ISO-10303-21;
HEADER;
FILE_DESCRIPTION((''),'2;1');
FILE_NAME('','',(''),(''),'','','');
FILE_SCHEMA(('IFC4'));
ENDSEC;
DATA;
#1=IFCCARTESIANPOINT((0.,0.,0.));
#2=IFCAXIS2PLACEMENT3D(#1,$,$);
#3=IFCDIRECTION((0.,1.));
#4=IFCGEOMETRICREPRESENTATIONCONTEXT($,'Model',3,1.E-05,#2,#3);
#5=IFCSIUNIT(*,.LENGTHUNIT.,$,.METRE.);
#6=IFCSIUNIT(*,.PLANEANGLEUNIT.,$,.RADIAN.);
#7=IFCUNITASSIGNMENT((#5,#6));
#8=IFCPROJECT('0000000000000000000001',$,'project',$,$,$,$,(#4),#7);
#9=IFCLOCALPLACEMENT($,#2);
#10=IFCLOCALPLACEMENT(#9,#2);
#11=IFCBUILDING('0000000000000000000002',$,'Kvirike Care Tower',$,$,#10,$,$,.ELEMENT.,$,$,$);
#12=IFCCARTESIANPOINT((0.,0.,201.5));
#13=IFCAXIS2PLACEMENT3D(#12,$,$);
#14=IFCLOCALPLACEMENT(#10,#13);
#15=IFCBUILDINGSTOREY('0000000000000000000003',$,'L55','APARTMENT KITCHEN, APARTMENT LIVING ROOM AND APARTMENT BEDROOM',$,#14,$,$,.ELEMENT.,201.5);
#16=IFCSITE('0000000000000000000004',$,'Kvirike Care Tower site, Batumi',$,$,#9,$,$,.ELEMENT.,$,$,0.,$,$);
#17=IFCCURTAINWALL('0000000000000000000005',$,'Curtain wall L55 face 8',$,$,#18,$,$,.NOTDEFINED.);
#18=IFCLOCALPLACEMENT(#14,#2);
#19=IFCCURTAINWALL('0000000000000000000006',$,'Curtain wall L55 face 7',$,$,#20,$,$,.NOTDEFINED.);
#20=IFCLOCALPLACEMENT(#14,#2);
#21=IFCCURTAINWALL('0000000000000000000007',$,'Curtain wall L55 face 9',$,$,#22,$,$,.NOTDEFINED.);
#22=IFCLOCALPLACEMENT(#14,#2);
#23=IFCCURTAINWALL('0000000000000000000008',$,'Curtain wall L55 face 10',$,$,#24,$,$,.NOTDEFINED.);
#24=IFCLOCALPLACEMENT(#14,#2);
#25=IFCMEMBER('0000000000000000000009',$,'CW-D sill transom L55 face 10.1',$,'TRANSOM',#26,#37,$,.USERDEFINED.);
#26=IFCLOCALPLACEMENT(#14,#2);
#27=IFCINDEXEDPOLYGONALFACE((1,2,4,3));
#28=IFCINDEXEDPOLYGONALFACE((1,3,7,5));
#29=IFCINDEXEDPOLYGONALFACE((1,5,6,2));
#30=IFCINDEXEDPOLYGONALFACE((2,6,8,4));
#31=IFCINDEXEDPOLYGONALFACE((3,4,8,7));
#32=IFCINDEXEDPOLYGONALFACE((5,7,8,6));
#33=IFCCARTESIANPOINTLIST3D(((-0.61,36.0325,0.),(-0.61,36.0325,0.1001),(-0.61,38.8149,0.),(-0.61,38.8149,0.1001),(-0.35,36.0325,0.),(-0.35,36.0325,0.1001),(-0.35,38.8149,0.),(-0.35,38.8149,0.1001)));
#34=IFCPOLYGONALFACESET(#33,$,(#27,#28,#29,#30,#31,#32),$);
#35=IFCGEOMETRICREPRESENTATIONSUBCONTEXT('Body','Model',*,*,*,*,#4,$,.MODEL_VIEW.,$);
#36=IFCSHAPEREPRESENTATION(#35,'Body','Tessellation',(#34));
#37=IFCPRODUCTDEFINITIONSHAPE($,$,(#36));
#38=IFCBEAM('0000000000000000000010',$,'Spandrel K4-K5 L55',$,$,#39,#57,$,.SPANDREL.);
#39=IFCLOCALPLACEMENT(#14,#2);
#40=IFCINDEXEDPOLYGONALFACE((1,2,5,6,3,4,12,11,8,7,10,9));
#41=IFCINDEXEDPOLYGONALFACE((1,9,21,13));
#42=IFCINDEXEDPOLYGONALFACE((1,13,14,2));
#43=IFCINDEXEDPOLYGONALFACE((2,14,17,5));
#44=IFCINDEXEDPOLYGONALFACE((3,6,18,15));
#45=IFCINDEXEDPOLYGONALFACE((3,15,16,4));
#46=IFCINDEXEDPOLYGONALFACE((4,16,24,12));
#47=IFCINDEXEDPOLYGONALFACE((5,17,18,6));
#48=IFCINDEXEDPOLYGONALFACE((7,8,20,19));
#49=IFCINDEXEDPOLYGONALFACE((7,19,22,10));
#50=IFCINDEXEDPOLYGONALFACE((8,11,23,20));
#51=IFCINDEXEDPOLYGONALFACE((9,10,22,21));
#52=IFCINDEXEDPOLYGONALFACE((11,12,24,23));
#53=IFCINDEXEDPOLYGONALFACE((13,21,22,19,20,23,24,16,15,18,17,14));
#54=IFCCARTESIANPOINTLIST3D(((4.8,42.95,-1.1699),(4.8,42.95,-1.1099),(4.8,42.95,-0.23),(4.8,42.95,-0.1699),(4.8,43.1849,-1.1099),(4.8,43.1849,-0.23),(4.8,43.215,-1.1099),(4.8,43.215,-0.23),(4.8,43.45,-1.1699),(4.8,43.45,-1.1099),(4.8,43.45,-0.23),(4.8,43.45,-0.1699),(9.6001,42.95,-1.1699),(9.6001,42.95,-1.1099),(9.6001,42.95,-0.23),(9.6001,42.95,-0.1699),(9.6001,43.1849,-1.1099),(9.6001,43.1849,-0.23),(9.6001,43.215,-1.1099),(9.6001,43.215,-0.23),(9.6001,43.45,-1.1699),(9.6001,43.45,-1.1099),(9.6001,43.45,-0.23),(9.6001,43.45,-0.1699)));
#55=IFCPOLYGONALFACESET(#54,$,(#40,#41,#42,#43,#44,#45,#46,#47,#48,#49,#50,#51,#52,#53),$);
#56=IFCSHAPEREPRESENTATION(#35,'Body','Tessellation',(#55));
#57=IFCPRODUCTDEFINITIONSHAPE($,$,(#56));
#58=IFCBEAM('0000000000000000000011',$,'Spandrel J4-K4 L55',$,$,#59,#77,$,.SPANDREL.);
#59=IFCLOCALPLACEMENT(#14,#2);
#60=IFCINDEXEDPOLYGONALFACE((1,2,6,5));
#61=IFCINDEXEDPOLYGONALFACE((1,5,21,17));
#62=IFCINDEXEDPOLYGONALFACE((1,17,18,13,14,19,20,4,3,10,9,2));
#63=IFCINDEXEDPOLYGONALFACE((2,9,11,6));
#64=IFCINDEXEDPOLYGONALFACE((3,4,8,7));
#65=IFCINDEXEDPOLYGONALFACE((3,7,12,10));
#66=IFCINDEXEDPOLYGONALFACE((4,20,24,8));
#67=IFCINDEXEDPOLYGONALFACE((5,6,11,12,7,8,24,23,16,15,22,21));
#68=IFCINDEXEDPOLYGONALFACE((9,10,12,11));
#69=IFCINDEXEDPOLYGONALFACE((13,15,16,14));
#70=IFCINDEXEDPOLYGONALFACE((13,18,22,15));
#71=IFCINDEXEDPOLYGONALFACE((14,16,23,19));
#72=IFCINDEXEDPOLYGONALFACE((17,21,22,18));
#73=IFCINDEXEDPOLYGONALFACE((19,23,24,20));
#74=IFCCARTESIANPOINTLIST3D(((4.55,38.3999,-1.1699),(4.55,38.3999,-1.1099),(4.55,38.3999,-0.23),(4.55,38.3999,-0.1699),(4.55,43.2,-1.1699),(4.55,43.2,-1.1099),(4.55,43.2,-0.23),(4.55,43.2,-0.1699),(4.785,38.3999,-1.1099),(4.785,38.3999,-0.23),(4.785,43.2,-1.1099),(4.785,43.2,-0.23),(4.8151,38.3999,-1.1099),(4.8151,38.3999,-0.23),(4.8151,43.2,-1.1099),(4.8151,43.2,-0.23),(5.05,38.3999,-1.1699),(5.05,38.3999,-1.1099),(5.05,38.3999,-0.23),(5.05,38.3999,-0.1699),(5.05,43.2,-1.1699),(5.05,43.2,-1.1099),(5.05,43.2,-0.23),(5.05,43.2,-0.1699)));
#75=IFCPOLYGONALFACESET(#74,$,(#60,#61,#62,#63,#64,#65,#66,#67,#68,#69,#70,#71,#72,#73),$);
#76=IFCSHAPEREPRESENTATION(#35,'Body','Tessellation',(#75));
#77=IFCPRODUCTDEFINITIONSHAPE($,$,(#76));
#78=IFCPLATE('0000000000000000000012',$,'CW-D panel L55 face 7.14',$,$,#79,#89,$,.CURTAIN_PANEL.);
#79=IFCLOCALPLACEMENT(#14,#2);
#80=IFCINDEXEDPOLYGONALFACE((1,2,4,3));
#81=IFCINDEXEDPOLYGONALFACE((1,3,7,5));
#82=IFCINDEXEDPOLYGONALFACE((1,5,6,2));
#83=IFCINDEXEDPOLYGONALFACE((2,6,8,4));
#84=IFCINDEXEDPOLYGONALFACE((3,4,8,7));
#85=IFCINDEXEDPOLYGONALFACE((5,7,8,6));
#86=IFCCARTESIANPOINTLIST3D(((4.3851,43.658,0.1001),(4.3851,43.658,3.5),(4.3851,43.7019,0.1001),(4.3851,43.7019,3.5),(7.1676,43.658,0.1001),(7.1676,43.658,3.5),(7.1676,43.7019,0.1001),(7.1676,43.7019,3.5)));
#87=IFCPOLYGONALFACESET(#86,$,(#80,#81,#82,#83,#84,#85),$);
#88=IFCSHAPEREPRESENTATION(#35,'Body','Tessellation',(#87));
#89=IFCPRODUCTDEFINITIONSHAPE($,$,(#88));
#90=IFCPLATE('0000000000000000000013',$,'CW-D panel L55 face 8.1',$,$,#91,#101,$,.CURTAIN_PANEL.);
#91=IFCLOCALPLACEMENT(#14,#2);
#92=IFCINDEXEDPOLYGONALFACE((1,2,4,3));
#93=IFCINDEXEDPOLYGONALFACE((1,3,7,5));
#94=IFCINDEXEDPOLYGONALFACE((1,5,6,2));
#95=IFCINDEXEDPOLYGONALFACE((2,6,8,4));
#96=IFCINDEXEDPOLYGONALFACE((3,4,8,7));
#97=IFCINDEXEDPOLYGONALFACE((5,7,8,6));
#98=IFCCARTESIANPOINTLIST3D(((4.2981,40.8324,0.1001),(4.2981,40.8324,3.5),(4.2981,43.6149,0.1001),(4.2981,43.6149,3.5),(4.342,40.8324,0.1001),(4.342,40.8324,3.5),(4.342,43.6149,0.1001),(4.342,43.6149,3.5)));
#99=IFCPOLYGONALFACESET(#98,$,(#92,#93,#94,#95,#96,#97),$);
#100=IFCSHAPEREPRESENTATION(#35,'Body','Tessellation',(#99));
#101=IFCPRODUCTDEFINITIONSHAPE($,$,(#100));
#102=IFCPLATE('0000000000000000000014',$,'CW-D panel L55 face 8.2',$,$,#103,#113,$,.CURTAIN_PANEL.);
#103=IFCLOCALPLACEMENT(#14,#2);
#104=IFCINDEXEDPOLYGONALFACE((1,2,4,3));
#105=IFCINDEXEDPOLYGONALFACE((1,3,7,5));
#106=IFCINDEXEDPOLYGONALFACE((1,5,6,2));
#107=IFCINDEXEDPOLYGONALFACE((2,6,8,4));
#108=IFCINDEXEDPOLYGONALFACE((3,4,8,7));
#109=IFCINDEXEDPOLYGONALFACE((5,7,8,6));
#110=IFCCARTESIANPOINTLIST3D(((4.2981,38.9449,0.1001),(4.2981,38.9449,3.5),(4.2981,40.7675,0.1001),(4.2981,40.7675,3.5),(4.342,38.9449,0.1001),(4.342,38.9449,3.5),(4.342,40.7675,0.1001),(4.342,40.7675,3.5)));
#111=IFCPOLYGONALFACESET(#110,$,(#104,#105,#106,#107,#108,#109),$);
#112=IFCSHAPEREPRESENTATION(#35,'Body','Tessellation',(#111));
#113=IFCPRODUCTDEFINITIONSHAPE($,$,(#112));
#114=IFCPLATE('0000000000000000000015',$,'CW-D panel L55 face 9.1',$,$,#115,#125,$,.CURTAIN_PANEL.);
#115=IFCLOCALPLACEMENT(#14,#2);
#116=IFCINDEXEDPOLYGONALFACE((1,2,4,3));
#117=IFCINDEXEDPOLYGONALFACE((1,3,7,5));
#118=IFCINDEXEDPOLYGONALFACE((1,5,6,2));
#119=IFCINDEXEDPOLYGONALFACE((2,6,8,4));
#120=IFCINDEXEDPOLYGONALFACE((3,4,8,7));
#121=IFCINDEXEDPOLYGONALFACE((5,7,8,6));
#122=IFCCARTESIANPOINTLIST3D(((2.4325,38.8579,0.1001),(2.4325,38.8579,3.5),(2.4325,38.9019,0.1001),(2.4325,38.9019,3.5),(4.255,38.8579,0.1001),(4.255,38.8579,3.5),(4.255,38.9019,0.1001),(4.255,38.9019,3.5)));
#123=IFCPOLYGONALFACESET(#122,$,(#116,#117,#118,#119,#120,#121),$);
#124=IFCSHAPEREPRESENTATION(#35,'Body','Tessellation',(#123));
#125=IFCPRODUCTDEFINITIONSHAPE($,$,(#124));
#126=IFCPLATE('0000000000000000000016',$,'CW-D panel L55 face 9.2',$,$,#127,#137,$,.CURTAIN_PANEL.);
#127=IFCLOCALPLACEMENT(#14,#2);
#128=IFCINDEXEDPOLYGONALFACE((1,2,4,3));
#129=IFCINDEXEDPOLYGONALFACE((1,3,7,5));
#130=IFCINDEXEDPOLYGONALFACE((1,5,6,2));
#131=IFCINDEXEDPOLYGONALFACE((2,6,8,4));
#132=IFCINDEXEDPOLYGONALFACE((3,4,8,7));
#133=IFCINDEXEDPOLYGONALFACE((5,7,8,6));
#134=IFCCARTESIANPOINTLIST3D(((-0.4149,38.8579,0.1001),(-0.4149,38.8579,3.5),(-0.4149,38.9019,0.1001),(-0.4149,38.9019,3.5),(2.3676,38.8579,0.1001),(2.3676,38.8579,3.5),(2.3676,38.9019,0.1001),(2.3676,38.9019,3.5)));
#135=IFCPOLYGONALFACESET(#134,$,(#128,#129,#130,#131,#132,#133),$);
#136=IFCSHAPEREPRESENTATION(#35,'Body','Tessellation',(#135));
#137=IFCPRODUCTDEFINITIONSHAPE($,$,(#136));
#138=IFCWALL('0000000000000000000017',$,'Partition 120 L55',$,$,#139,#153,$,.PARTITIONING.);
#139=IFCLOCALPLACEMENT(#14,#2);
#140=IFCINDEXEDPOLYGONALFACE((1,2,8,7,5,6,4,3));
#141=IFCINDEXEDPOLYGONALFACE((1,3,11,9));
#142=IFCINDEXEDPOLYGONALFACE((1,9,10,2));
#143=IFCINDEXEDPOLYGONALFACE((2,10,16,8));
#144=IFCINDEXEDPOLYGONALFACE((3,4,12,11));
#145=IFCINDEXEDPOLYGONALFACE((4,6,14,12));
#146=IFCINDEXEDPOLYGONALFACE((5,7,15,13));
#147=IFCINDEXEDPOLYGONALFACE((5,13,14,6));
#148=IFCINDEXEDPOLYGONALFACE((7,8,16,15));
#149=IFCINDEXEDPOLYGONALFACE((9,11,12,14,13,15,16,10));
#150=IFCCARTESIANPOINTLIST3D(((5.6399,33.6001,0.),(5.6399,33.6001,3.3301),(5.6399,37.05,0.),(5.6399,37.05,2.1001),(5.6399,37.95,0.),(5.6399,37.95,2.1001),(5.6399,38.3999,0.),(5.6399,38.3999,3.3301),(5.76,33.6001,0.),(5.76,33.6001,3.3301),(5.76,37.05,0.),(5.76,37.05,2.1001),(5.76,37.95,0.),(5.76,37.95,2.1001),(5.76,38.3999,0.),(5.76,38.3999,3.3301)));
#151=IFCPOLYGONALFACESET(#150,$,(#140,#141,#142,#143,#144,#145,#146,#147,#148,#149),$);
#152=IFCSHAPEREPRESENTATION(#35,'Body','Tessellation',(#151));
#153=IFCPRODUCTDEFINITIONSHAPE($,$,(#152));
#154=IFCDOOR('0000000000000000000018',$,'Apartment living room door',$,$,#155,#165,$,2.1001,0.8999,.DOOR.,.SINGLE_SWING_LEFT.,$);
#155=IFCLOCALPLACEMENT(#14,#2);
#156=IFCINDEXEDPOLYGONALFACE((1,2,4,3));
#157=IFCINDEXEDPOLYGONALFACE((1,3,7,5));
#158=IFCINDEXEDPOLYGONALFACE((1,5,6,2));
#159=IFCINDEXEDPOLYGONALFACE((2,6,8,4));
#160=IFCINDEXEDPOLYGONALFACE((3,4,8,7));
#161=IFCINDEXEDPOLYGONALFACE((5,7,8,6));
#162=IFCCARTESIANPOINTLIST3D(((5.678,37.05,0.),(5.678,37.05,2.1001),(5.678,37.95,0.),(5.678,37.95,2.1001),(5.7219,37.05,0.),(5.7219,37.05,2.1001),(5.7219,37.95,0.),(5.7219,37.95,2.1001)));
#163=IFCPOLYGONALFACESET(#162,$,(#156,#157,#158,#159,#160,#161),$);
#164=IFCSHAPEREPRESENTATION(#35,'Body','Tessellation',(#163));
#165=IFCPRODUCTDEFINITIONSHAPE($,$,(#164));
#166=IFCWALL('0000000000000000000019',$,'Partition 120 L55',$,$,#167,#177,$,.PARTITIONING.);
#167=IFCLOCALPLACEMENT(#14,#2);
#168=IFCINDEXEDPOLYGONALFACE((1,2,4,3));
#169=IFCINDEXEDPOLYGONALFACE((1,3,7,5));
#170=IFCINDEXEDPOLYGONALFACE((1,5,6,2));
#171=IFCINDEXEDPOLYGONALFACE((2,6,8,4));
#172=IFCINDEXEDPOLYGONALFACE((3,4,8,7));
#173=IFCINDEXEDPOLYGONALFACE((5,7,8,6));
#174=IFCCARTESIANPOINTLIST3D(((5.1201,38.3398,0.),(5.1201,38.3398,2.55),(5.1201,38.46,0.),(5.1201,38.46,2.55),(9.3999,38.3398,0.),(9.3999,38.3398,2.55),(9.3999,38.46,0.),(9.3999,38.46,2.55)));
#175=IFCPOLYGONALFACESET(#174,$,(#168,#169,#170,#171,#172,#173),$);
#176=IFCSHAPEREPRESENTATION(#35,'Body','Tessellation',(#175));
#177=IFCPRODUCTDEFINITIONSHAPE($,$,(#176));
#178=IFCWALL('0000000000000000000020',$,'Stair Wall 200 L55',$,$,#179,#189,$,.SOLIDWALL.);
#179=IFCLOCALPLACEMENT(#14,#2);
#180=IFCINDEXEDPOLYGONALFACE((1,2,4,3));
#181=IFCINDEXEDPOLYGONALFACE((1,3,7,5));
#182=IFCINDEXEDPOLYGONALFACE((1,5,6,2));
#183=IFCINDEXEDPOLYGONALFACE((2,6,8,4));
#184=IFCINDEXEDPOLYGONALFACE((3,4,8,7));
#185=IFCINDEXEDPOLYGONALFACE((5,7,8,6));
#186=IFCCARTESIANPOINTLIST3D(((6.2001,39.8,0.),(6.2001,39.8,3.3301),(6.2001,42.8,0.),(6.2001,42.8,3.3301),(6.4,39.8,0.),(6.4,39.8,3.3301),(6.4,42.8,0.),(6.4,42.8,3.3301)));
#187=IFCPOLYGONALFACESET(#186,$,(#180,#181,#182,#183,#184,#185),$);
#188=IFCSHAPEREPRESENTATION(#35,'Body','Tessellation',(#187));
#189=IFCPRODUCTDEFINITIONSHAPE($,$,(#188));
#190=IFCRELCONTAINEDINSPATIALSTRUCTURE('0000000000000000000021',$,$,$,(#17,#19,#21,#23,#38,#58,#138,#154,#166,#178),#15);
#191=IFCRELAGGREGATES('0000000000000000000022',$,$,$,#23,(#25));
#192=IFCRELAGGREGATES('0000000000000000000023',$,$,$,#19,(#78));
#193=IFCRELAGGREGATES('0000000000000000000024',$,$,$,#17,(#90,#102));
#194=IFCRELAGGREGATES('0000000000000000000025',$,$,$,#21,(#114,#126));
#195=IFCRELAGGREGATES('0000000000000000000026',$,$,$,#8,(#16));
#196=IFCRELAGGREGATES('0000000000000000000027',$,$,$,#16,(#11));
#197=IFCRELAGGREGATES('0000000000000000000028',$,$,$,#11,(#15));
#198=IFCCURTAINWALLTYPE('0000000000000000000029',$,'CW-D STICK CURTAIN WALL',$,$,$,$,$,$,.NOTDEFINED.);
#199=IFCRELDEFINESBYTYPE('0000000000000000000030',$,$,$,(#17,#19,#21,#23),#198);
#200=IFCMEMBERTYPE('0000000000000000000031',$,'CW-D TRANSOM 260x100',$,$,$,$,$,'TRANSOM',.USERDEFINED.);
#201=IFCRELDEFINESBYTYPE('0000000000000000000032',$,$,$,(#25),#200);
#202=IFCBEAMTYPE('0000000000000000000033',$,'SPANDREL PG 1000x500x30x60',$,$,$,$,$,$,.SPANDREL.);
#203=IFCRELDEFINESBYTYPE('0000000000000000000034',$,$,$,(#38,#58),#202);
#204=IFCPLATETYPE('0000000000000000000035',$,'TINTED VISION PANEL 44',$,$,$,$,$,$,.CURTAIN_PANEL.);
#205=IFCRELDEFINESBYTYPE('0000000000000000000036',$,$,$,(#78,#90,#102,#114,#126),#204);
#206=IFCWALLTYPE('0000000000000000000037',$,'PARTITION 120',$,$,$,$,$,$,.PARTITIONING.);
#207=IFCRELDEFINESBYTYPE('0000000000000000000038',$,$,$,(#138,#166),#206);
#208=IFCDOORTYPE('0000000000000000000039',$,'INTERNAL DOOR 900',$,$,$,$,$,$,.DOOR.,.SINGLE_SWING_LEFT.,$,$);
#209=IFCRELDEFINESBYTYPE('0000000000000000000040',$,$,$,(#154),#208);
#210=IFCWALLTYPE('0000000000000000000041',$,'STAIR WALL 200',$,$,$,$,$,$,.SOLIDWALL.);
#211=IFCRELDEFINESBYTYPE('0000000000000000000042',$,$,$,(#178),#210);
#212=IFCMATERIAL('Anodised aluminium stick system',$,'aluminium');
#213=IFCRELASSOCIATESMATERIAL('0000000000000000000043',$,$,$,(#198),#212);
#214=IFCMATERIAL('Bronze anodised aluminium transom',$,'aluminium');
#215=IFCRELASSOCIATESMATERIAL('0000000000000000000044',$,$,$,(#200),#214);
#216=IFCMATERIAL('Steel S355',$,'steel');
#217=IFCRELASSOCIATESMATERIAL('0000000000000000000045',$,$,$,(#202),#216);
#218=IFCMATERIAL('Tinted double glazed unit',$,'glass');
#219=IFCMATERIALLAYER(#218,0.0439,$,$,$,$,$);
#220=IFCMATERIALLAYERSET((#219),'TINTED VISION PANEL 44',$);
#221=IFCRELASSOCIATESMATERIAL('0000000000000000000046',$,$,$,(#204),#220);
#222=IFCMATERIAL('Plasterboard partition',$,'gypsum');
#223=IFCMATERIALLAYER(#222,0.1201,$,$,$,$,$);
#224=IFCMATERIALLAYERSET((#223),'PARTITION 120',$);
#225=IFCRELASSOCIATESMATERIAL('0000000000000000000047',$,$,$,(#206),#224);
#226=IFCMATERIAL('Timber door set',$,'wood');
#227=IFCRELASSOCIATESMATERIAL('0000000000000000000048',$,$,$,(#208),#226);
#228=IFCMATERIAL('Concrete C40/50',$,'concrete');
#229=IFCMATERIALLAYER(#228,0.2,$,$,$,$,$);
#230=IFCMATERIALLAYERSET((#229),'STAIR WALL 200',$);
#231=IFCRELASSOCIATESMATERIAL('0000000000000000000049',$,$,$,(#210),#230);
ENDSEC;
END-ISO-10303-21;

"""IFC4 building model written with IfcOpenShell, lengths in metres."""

from ifc_helpers import new_model, si_unit, direction, frame, frame_2d, origin, origin_2d, place, context, subcontext, project, spatial, rectangle, i_section, extrude, material, layer, layer_set, material_profile, profile_set, type_object, element, fill, aggregate, save


model = new_model("IFC4")

# Units and contexts
model_context = context("Model", 3, precision=1e-05, world=origin(), true_north=direction((0.0, 1.0)))
body_context = subcontext(model_context, "Body", "Model", "MODEL_VIEW")
ifc_project = project(units=[si_unit("LENGTHUNIT", "METRE"), si_unit("PLANEANGLEUNIT", "RADIAN")], contexts=[model_context])

# Site, building, storey
site_placement = place(None, origin())
site = spatial("IfcSite", under=ifc_project, at=site_placement, Name="Kvirike Care Tower site, Batumi", CompositionType="ELEMENT", RefElevation=0.0)
building_placement = place(site_placement, origin())
building = spatial("IfcBuilding", under=site, at=building_placement, Name="Kvirike Care Tower", CompositionType="ELEMENT")
storey_placement = place(building_placement, frame((0.0, 0.0, 201.5)))
storey = spatial("IfcBuildingStorey", under=building, at=storey_placement, Name="L55", Description="APARTMENT KITCHEN, APARTMENT LIVING ROOM AND APARTMENT BEDROOM", CompositionType="ELEMENT", Elevation=201.5)

# Curtain walls
ifc_material_1 = material(Name="Anodised aluminium stick system", Category="aluminium")
curtain_wall_type = type_object("IfcCurtainWallType", Name="CW-D STICK CURTAIN WALL", PredefinedType="NOTDEFINED", material=ifc_material_1)
curtain_wall_1_placement = place(storey_placement, origin())
curtain_wall_1 = element("IfcCurtainWall", 1, at=curtain_wall_1_placement, inside=storey, type_object=curtain_wall_type, Name="Curtain wall L55 face 8", PredefinedType="NOTDEFINED")
curtain_wall_2_placement = place(storey_placement, origin())
curtain_wall_2 = element("IfcCurtainWall", 2, at=curtain_wall_2_placement, inside=storey, type_object=curtain_wall_type, Name="Curtain wall L55 face 7", PredefinedType="NOTDEFINED")

# Curtain wall
curtain_wall_3_placement = place(storey_placement, origin())
curtain_wall_3 = element("IfcCurtainWall", 3, at=curtain_wall_3_placement, inside=storey, type_object=curtain_wall_type, Name="Curtain wall L55 face 9", PredefinedType="NOTDEFINED")

# Curtain wall
curtain_wall_4_placement = place(storey_placement, origin())
curtain_wall_4 = element("IfcCurtainWall", 4, at=curtain_wall_4_placement, inside=storey, type_object=curtain_wall_type, Name="Curtain wall L55 face 10", PredefinedType="NOTDEFINED")

# Member
ifc_material_2 = material(Name="Bronze anodised aluminium transom", Category="aluminium")
ifc_material_profile_1 = material_profile(ifc_material_2, rectangle(XDim=0.26, YDim=0.1001, at=origin_2d()), Name="CW-D TRANSOM 260x100")
ifc_profile_set_1 = profile_set([ifc_material_profile_1], Name="Bronze anodised aluminium transom")
member_type_1 = type_object("IfcMemberType", Name="CW-D TRANSOM 260x100", ElementType="TRANSOM", PredefinedType="USERDEFINED", material=ifc_profile_set_1)
member_1_placement = place(storey_placement, frame((-0.48, 38.8149, 0.05), z_axis=(0.0, -1.0, 0.0), x_axis=(1.0, 0.0, 0.0)))
member_1 = element("IfcMember", 5, at=member_1_placement, type_object=member_type_1, Name="CW-D sill transom L55 face 10.1", ObjectType="TRANSOM", PredefinedType="USERDEFINED", context=body_context, shape_type="SweptSolid", body=[
    extrude(rectangle(XDim=0.26, YDim=0.1001, at=origin_2d()), origin(), (0.0, 0.0, 1.0), 2.7825),
])
aggregate(curtain_wall_4, [member_1])

# Beams
ifc_material_3 = material(Name="Steel S355", Category="steel")
ifc_material_profile_2 = material_profile(ifc_material_3, i_section(OverallWidth=0.5, OverallDepth=1.0, WebThickness=0.03, FlangeThickness=0.0601, at=origin_2d()), Name="PG 1000x500x30x60")
ifc_profile_set_2 = profile_set([ifc_material_profile_2], Name="Steel S355")
beam_type = type_object("IfcBeamType", Name="SPANDREL PG 1000x500x30x60", PredefinedType="SPANDREL", material=ifc_profile_set_2)
for number, where, z_axis, x_axis, name in (
    (6, (4.8, 43.2, -0.6699), (1.0, 0.0, 0.0), (0.0, 1.0, 0.0), "Spandrel K4-K5 L55"),
    (7, (4.8, 38.3999, -0.6699), (0.0, 1.0, 0.0), (-1.0, 0.0, 0.0), "Spandrel J4-K4 L55"),
):
    element("IfcBeam", number, at=place(storey_placement, frame(where, z_axis=z_axis, x_axis=x_axis)), inside=storey, type_object=beam_type, Name=name, PredefinedType="SPANDREL", context=body_context, shape_type="SweptSolid", body=[
        extrude(i_section(OverallWidth=0.5, OverallDepth=1.0, WebThickness=0.03, FlangeThickness=0.0601, at=origin_2d()), origin(), (0.0, 0.0, 1.0), 4.8),
    ])

# Plates
ifc_material_4 = material(Name="Tinted double glazed unit", Category="glass")
ifc_layer_1 = layer(ifc_material_4, 0.0439)
ifc_layer_set_1 = layer_set([ifc_layer_1], Name="TINTED VISION PANEL 44")
plate_type = type_object("IfcPlateType", Name="TINTED VISION PANEL 44", PredefinedType="CURTAIN_PANEL", material=ifc_layer_set_1)
plate_1_placement = place(storey_placement, frame((5.7764, 43.6799, 0.1001), z_axis=(0.0, 0.0, 1.0), x_axis=(-1.0, 0.0, 0.0)))
plate_1 = element("IfcPlate", 8, at=plate_1_placement, type_object=plate_type, Name="CW-D panel L55 face 7.14", PredefinedType="CURTAIN_PANEL", context=body_context, shape_type="SweptSolid", body=[
    extrude(rectangle(XDim=2.7825, YDim=0.0439, at=origin_2d()), origin(), (0.0, 0.0, 1.0), 3.3999),
])
aggregate(curtain_wall_2, [plate_1])
plate_2_placement = place(storey_placement, frame((4.3201, 42.2236, 0.1001), z_axis=(0.0, 0.0, 1.0), x_axis=(0.0, -1.0, 0.0)))
plate_2 = element("IfcPlate", 9, at=plate_2_placement, type_object=plate_type, Name="CW-D panel L55 face 8.1", PredefinedType="CURTAIN_PANEL", context=body_context, shape_type="SweptSolid", body=[
    extrude(rectangle(XDim=2.7825, YDim=0.0439, at=origin_2d()), origin(), (0.0, 0.0, 1.0), 3.3999),
])
plate_3_placement = place(storey_placement, frame((4.3201, 39.8562, 0.1001), z_axis=(0.0, 0.0, 1.0), x_axis=(0.0, -1.0, 0.0)))
plate_3 = element("IfcPlate", 10, at=plate_3_placement, type_object=plate_type, Name="CW-D panel L55 face 8.2", PredefinedType="CURTAIN_PANEL", context=body_context, shape_type="SweptSolid", body=[
    extrude(rectangle(XDim=1.8225, YDim=0.0439, at=origin_2d()), origin(), (0.0, 0.0, 1.0), 3.3999),
])
aggregate(curtain_wall_1, [plate_2, plate_3])
plate_4_placement = place(storey_placement, frame((3.3438, 38.8799, 0.1001), z_axis=(0.0, 0.0, 1.0), x_axis=(-1.0, 0.0, 0.0)))
plate_4 = element("IfcPlate", 11, at=plate_4_placement, type_object=plate_type, Name="CW-D panel L55 face 9.1", PredefinedType="CURTAIN_PANEL", context=body_context, shape_type="SweptSolid", body=[
    extrude(rectangle(XDim=1.8225, YDim=0.0439, at=origin_2d()), origin(), (0.0, 0.0, 1.0), 3.3999),
])
plate_5_placement = place(storey_placement, frame((0.9763, 38.8799, 0.1001), z_axis=(0.0, 0.0, 1.0), x_axis=(-1.0, 0.0, 0.0)))
plate_5 = element("IfcPlate", 12, at=plate_5_placement, type_object=plate_type, Name="CW-D panel L55 face 9.2", PredefinedType="CURTAIN_PANEL", context=body_context, shape_type="SweptSolid", body=[
    extrude(rectangle(XDim=2.7825, YDim=0.0439, at=origin_2d()), origin(), (0.0, 0.0, 1.0), 3.3999),
])
aggregate(curtain_wall_3, [plate_4, plate_5])

# Wall, opening, door
ifc_material_5 = material(Name="Plasterboard partition", Category="gypsum")
ifc_layer_2 = layer(ifc_material_5, 0.1201)
ifc_layer_set_2 = layer_set([ifc_layer_2], Name="PARTITION 120")
wall_type_1 = type_object("IfcWallType", Name="PARTITION 120", PredefinedType="PARTITIONING", material=ifc_layer_set_2)
wall_1_placement = place(storey_placement, frame((5.7, 38.3999, 0.0), z_axis=(0.0, 0.0, 1.0), x_axis=(0.0, -1.0, 0.0)))
wall_1 = element("IfcWall", 13, at=wall_1_placement, inside=storey, type_object=wall_type_1, Name="Partition 120 L55", PredefinedType="PARTITIONING", context=body_context, shape_type="SweptSolid", body=[
    extrude(rectangle(XDim=4.7998, YDim=0.1201, at=frame_2d((2.3999, 0.0))), origin(), (0.0, 0.0, 1.0), 3.3301),
])
opening_placement = place(wall_1_placement, frame((0.45, 0.0, 0.0)))
opening = element("IfcOpeningElement", 14, at=opening_placement, cuts=wall_1, PredefinedType="OPENING", context=body_context, shape_type="SweptSolid", body=[
    extrude(rectangle(XDim=0.8999, YDim=2.1001, at=frame_2d((0.45, 1.05))), frame((0.0, 0.0706, 0.0), z_axis=(0.0, -1.0, 0.0), x_axis=(1.0, 0.0, 0.0)), (0.0, 0.0, 1.0), 0.1411),
])
ifc_material_6 = material(Name="Timber door set", Category="wood")
door_type = type_object("IfcDoorType", Name="INTERNAL DOOR 900", OperationType="SINGLE_SWING_LEFT", PredefinedType="DOOR", material=ifc_material_6)
door_placement = place(opening_placement, frame((0.8999, 0.0, 0.0), z_axis=(0.0, 0.0, 1.0), x_axis=(-1.0, 0.0, 0.0)))
door = element("IfcDoor", 15, at=door_placement, inside=storey, type_object=door_type, Name="Apartment living room door", OperationType="SINGLE_SWING_LEFT", OverallHeight=2.1001, OverallWidth=0.8999, PredefinedType="DOOR", context=body_context, shape_type="SweptSolid", body=[
    extrude(rectangle(XDim=0.8999, YDim=2.1001, at=frame_2d((0.45, 1.05))), frame((0.0, 0.022, 0.0), z_axis=(0.0, -1.0, 0.0), x_axis=(1.0, 0.0, 0.0)), (0.0, 0.0, 1.0), 0.0439),
])
fill(opening, door)

# Walls
wall_2_placement = place(storey_placement, frame((5.1201, 38.3999, 0.0), z_axis=(0.0, 0.0, 1.0), x_axis=(1.0, 0.0, 0.0)))
element("IfcWall", 16, at=wall_2_placement, inside=storey, type_object=wall_type_1, Name="Partition 120 L55", PredefinedType="PARTITIONING", context=body_context, shape_type="SweptSolid", body=[
    extrude(rectangle(XDim=4.2798, YDim=0.1201, at=frame_2d((2.1399, 0.0))), origin(), (0.0, 0.0, 1.0), 2.55),
])
ifc_material_7 = material(Name="Concrete C40/50", Category="concrete")
ifc_layer_3 = layer(ifc_material_7, 0.2)
ifc_layer_set_3 = layer_set([ifc_layer_3], Name="STAIR WALL 200")
wall_type_2 = type_object("IfcWallType", Name="STAIR WALL 200", PredefinedType="SOLIDWALL", material=ifc_layer_set_3)
wall_3_placement = place(storey_placement, frame((6.3, 42.8, 0.0), z_axis=(0.0, 0.0, 1.0), x_axis=(0.0, -1.0, 0.0)))
element("IfcWall", 17, at=wall_3_placement, inside=storey, type_object=wall_type_2, Name="Stair Wall 200 L55", PredefinedType="SOLIDWALL", context=body_context, shape_type="SweptSolid", body=[
    extrude(rectangle(XDim=3.0, YDim=0.2, at=frame_2d((1.5, 0.0))), origin(), (0.0, 0.0, 1.0), 3.3301),
])

save(model, "model.ifc")
